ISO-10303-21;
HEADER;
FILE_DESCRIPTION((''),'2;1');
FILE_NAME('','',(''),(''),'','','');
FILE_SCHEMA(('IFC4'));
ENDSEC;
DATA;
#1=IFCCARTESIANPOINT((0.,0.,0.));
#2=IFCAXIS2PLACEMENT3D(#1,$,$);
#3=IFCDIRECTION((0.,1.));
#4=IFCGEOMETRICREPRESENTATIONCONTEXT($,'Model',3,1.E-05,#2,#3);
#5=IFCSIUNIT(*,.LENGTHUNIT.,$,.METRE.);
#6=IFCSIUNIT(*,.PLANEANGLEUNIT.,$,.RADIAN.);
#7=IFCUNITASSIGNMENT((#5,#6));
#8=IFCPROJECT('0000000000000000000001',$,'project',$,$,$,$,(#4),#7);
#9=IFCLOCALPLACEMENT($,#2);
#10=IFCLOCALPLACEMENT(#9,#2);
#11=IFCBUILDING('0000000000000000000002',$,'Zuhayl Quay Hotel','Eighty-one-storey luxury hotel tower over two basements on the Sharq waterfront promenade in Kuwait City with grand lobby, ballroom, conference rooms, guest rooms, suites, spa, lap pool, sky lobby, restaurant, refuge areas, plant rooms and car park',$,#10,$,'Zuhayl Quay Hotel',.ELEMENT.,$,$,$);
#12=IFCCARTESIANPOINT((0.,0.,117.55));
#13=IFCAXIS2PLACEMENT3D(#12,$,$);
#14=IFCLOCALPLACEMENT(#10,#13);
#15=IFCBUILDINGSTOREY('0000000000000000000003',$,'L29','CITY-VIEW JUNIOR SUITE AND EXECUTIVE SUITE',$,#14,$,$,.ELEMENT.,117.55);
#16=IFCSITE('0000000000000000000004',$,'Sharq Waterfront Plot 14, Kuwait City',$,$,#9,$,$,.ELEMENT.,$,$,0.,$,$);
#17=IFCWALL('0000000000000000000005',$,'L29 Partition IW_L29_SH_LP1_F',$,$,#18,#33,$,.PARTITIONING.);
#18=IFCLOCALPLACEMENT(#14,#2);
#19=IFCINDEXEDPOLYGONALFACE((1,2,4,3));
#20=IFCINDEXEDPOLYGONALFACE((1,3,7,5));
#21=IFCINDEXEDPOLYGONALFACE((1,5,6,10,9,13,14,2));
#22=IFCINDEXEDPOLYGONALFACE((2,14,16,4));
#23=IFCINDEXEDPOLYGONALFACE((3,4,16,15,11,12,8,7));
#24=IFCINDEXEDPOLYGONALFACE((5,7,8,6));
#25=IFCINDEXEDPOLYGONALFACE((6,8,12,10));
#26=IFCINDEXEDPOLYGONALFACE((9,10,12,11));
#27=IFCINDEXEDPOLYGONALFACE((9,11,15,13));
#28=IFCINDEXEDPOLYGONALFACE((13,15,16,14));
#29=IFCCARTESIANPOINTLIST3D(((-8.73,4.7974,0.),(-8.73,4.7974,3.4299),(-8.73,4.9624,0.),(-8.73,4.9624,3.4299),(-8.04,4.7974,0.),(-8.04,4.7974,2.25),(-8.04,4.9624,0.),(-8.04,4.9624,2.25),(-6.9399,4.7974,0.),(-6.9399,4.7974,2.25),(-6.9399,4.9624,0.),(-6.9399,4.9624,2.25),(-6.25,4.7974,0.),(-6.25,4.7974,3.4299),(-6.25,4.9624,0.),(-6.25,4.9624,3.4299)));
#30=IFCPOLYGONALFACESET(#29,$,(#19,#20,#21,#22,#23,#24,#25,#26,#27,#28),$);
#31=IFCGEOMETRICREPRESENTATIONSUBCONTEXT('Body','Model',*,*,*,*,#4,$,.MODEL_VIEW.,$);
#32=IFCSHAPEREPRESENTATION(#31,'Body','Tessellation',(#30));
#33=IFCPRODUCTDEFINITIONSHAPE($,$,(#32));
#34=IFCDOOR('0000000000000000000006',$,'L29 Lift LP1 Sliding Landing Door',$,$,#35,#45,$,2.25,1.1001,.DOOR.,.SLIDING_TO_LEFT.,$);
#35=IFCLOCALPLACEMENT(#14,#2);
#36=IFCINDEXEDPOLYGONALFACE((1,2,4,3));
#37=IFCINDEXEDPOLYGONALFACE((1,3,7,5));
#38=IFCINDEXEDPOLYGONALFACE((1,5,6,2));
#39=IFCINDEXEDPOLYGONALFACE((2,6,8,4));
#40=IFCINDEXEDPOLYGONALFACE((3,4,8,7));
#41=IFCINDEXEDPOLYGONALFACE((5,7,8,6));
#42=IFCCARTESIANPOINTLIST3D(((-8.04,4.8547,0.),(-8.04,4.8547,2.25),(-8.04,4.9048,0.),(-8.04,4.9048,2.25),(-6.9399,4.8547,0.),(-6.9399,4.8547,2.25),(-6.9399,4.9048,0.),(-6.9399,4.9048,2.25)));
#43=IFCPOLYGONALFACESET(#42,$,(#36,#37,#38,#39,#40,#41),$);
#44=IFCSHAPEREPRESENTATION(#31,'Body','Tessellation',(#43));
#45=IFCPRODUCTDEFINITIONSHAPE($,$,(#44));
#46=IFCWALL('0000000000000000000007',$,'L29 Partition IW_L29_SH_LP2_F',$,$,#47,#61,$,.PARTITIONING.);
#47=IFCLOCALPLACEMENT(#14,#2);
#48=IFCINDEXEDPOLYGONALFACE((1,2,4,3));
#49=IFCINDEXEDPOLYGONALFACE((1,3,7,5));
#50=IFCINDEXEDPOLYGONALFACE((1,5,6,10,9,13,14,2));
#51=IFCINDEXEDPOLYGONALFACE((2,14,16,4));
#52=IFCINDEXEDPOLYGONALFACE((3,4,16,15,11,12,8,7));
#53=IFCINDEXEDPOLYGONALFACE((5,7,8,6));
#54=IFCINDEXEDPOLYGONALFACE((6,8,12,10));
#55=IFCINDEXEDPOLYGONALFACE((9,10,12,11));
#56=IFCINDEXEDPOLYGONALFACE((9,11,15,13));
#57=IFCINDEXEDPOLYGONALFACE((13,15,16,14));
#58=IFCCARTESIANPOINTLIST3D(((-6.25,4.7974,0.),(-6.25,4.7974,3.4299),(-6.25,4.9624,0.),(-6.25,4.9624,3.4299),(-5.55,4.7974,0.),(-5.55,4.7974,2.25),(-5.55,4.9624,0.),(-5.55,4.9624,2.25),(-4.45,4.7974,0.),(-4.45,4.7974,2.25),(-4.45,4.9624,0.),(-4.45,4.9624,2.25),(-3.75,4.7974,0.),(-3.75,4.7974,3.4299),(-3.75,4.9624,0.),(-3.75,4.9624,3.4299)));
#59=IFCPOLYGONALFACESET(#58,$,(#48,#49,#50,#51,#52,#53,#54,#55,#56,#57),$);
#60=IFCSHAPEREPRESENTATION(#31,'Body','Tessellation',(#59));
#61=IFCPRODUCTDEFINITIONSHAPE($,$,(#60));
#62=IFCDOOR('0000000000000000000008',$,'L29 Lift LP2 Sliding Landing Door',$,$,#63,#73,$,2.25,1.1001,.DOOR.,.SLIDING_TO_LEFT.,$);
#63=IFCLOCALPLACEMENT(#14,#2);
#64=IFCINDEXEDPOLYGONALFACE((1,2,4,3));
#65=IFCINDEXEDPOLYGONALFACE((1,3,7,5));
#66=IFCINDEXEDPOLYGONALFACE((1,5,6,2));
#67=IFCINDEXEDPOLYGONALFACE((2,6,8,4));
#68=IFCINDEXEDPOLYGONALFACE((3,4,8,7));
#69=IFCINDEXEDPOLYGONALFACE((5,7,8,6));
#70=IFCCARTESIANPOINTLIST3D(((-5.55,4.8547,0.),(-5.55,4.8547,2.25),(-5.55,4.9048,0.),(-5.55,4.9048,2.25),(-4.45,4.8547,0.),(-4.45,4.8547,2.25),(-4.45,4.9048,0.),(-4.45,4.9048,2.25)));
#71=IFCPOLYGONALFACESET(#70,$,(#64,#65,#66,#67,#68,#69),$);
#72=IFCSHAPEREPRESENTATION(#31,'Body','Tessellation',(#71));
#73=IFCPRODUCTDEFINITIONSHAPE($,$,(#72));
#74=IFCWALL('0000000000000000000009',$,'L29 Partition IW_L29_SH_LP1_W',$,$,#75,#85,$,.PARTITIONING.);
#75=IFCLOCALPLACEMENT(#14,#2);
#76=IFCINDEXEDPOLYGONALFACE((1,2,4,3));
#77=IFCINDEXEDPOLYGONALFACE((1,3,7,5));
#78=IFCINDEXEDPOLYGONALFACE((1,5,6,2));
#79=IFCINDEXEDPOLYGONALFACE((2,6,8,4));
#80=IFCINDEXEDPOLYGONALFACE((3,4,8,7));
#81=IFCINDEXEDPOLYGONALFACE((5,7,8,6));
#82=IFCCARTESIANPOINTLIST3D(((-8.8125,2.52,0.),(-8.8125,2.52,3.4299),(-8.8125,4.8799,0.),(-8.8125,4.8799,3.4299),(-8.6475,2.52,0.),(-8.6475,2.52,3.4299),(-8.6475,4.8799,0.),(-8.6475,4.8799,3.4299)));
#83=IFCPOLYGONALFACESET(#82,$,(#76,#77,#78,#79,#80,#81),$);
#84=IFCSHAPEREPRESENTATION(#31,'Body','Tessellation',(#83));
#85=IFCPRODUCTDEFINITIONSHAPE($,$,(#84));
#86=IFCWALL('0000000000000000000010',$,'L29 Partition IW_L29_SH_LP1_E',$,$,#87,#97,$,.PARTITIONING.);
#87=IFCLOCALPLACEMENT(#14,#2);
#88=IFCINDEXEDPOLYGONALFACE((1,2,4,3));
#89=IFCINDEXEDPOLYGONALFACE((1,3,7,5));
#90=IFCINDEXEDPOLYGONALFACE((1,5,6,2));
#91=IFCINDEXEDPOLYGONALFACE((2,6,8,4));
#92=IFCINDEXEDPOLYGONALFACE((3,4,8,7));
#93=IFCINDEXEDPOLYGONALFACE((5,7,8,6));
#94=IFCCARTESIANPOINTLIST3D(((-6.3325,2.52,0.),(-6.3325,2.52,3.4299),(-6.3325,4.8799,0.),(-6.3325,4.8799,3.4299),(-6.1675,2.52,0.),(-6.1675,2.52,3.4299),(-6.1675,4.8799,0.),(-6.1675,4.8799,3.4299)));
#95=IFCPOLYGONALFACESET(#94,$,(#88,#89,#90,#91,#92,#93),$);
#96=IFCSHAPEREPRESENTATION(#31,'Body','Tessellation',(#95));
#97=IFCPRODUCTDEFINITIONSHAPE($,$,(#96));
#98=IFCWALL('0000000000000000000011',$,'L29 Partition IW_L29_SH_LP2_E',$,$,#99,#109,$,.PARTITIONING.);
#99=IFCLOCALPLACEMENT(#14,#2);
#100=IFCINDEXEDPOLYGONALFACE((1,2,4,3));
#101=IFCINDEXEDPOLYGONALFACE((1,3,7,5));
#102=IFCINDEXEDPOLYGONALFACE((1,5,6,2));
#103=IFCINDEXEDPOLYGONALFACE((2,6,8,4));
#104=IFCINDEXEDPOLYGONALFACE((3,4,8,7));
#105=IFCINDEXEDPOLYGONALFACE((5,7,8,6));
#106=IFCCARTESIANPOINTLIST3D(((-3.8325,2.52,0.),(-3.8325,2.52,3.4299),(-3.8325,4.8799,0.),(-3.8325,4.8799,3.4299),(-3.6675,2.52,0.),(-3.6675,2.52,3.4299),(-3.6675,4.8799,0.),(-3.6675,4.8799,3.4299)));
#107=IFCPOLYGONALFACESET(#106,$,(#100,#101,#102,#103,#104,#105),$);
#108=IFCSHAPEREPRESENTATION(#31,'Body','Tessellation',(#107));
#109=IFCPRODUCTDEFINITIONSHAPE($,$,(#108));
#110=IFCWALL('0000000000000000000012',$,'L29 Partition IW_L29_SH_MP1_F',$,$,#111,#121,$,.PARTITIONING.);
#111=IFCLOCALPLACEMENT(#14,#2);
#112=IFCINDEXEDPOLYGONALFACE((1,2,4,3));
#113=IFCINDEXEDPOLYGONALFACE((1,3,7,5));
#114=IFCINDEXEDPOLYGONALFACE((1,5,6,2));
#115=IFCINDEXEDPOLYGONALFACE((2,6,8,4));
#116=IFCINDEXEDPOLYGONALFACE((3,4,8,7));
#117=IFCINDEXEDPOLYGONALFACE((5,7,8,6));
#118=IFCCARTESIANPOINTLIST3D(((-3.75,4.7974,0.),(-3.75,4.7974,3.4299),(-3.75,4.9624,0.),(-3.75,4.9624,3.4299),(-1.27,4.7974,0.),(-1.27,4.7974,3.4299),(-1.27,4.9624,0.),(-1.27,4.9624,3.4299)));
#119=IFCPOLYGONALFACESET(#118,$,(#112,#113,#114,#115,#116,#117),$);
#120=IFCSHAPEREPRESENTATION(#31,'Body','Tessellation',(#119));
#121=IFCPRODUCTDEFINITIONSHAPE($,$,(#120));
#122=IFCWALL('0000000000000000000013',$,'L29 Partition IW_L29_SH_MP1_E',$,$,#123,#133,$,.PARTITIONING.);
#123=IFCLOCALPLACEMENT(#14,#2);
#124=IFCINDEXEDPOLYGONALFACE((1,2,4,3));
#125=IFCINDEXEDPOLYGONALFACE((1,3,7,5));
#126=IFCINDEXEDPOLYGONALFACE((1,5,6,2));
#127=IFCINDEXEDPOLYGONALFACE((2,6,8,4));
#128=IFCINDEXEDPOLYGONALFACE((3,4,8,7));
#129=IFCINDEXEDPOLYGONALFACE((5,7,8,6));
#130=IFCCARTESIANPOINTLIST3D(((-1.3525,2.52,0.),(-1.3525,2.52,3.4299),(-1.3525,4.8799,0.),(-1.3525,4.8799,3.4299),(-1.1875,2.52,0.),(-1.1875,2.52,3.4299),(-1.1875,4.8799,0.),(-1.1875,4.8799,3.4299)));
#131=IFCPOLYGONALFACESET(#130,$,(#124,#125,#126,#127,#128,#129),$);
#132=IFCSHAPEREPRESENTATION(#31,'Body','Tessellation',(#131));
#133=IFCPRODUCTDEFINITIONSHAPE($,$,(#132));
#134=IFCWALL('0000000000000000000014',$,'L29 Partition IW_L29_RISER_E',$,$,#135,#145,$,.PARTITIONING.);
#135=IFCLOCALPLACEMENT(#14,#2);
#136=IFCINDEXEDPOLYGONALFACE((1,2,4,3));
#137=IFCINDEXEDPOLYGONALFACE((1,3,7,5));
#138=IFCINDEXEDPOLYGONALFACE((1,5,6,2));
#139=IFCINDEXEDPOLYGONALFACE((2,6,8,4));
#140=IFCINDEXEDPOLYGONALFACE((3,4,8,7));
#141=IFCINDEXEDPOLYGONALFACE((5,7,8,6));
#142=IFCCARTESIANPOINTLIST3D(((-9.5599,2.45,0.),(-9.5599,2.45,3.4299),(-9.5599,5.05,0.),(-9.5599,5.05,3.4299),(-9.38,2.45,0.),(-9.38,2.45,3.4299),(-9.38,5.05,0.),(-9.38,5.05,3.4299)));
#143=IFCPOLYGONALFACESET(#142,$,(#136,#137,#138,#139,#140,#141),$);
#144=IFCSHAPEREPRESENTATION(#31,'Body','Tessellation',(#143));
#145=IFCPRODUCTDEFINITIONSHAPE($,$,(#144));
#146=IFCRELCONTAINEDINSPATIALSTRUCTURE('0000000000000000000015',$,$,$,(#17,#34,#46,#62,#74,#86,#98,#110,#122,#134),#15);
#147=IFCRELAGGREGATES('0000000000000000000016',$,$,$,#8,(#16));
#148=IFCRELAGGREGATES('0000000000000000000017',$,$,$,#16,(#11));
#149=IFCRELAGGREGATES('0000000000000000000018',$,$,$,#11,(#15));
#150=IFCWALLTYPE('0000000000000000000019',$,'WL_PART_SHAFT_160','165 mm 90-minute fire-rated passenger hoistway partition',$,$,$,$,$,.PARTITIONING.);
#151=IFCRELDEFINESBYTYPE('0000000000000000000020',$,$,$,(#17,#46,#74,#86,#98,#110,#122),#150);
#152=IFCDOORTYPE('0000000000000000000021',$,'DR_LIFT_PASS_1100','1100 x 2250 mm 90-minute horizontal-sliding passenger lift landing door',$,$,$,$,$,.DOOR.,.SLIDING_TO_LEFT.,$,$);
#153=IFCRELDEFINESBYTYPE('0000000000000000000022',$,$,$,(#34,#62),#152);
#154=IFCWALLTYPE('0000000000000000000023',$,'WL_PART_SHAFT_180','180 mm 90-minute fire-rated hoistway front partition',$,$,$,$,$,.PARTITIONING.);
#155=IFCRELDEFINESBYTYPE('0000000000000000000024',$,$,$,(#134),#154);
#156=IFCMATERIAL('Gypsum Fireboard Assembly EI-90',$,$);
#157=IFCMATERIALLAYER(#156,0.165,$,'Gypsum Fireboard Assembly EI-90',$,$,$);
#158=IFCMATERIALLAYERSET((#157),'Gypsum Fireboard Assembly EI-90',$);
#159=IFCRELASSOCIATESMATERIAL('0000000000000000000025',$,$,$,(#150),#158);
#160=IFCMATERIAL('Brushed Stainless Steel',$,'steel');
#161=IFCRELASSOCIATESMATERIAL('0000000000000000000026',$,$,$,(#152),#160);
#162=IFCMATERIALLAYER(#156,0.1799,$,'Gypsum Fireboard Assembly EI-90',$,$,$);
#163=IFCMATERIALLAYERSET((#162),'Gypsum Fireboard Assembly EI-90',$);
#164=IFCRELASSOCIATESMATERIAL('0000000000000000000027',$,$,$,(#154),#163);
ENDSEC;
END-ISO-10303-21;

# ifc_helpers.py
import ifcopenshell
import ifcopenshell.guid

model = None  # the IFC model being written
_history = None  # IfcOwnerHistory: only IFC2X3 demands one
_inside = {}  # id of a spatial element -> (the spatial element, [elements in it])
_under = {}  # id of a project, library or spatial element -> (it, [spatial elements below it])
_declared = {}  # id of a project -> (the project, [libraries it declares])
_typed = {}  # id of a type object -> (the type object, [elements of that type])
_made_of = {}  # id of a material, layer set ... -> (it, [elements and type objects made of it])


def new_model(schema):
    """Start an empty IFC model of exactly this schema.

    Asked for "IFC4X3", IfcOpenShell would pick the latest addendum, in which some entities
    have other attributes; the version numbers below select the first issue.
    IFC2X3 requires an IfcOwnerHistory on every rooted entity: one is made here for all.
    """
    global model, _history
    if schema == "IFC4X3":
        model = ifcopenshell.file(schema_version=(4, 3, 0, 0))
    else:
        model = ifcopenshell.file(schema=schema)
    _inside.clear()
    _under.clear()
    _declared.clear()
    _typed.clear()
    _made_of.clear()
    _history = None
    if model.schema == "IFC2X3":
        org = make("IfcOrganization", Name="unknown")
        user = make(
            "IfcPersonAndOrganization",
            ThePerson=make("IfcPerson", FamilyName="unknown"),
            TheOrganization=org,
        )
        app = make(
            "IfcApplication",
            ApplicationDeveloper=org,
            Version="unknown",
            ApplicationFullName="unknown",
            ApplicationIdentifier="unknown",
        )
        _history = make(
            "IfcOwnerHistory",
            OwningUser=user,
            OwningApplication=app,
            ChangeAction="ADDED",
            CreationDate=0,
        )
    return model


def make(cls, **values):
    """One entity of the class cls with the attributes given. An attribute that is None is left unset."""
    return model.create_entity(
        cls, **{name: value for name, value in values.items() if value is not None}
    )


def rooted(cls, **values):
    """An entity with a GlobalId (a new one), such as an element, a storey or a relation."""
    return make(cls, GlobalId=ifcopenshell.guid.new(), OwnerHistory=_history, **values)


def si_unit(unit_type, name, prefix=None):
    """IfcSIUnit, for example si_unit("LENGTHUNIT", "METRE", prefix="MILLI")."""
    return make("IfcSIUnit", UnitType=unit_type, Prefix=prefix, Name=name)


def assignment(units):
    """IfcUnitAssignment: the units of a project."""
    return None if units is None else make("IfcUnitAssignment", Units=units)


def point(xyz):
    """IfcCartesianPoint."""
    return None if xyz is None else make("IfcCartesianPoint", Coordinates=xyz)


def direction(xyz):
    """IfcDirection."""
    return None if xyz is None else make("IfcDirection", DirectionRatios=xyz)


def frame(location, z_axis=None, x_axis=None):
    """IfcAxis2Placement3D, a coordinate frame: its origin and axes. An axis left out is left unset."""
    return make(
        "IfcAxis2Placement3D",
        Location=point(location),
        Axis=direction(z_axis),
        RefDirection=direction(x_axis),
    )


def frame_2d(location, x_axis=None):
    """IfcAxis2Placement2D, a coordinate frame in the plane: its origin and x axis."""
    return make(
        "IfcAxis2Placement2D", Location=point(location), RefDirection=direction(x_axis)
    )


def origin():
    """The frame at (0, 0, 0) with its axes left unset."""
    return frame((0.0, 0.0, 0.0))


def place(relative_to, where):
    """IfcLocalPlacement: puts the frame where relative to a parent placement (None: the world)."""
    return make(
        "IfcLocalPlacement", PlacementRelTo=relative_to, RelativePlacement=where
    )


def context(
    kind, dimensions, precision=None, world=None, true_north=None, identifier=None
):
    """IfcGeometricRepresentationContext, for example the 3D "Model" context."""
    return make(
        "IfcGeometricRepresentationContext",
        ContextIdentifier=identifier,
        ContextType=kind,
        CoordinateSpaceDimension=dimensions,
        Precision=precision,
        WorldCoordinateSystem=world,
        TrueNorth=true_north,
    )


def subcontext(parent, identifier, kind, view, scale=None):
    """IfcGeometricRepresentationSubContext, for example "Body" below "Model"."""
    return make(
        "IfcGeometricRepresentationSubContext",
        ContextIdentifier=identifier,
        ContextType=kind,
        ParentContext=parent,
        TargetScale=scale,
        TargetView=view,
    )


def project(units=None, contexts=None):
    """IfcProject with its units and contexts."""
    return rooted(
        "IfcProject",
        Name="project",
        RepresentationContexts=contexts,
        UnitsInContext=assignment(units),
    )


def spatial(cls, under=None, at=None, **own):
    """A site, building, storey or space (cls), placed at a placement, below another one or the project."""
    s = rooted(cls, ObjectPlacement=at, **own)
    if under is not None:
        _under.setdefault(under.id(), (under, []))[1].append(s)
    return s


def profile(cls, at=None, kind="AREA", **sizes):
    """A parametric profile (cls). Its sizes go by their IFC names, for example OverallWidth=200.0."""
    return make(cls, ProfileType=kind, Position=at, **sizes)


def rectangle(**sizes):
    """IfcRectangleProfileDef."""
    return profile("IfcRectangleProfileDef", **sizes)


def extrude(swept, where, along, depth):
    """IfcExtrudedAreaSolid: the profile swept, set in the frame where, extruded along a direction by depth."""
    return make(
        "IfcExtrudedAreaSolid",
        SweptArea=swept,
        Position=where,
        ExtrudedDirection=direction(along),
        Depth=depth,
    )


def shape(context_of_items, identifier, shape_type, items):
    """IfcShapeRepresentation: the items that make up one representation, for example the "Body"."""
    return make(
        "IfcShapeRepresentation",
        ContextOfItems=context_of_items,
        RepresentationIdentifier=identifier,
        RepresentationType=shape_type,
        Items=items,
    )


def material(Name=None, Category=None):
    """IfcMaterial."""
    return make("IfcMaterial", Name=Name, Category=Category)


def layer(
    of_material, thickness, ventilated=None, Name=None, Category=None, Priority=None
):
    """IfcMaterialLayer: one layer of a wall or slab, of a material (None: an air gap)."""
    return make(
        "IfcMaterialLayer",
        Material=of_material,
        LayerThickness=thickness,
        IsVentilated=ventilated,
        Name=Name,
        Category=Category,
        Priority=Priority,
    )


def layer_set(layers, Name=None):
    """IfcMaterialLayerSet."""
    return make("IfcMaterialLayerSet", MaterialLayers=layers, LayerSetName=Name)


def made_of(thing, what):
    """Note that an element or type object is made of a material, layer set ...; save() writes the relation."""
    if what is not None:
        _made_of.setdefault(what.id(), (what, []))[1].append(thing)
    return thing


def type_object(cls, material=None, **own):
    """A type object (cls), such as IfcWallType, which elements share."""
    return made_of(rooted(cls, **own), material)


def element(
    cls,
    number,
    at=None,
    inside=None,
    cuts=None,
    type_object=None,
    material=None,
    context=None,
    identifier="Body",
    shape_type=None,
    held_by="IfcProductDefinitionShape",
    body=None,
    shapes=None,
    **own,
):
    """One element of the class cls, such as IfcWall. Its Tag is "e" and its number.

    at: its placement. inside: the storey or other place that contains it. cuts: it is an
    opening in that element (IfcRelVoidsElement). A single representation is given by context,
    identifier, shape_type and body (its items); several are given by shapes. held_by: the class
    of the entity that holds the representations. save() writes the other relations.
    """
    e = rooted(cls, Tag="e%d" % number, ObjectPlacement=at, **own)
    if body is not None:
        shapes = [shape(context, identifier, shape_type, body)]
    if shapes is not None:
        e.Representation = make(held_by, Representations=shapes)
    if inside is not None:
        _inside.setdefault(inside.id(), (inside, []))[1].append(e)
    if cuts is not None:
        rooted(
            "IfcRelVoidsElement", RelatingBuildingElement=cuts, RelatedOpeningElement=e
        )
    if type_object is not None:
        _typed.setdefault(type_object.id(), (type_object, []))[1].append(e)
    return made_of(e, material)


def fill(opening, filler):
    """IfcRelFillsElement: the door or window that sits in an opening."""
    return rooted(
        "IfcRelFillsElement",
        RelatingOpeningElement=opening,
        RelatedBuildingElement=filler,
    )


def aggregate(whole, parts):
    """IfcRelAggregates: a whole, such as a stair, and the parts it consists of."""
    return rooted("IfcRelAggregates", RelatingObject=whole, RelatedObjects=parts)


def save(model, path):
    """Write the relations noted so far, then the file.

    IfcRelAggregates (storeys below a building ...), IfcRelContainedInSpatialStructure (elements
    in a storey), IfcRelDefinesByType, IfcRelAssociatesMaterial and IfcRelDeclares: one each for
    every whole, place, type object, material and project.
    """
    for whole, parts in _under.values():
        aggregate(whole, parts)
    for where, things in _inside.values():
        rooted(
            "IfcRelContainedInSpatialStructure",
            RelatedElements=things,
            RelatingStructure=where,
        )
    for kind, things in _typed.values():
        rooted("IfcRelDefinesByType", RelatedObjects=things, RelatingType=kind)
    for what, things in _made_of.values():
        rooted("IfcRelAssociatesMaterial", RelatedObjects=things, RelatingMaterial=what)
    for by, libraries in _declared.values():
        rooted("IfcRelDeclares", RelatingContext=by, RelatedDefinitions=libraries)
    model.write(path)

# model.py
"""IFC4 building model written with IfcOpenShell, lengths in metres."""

from ifc_helpers import new_model, si_unit, direction, frame, frame_2d, origin, place, context, subcontext, project, spatial, rectangle, extrude, material, layer, layer_set, type_object, element, fill, save


model = new_model("IFC4")

# Units and contexts
model_context = context("Model", 3, precision=1e-05, world=origin(), true_north=direction((0.0, 1.0)))
body_context = subcontext(model_context, "Body", "Model", "MODEL_VIEW")
ifc_project = project(units=[si_unit("LENGTHUNIT", "METRE"), si_unit("PLANEANGLEUNIT", "RADIAN")], contexts=[model_context])

# Site, building, storey
site_placement = place(None, origin())
site = spatial("IfcSite", under=ifc_project, at=site_placement, Name="Sharq Waterfront Plot 14, Kuwait City", CompositionType="ELEMENT", RefElevation=0.0)
building_placement = place(site_placement, origin())
building = spatial("IfcBuilding", under=site, at=building_placement, Name="Zuhayl Quay Hotel", Description="Eighty-one-storey luxury hotel tower over two basements on the Sharq waterfront promenade in Kuwait City with grand lobby, ballroom, conference rooms, guest rooms, suites, spa, lap pool, sky lobby, restaurant, refuge areas, plant rooms and car park", LongName="Zuhayl Quay Hotel", CompositionType="ELEMENT")
storey_placement = place(building_placement, frame((0.0, 0.0, 117.55)))
storey = spatial("IfcBuildingStorey", under=building, at=storey_placement, Name="L29", Description="CITY-VIEW JUNIOR SUITE AND EXECUTIVE SUITE", CompositionType="ELEMENT", Elevation=117.55)

# Walls, openings, doors
ifc_material_1 = material(Name="Gypsum Fireboard Assembly EI-90")
ifc_layer_1 = layer(ifc_material_1, 0.165, Name="Gypsum Fireboard Assembly EI-90")
ifc_layer_set_1 = layer_set([ifc_layer_1], Name="Gypsum Fireboard Assembly EI-90")
wall_type_1 = type_object("IfcWallType", Name="WL_PART_SHAFT_160", Description="165 mm 90-minute fire-rated passenger hoistway partition", PredefinedType="PARTITIONING", material=ifc_layer_set_1)
wall_1_placement = place(storey_placement, frame((-8.73, 4.8799, 0.0), z_axis=(0.0, 0.0, 1.0), x_axis=(1.0, 0.0, 0.0)))
wall_1 = element("IfcWall", 1, at=wall_1_placement, inside=storey, type_object=wall_type_1, Name="L29 Partition IW_L29_SH_LP1_F", PredefinedType="PARTITIONING", context=body_context, shape_type="SweptSolid", body=[
    extrude(rectangle(XDim=2.48, YDim=0.165, at=frame_2d((1.24, 0.0))), origin(), (0.0, 0.0, 1.0), 3.4299),
])
opening_1_placement = place(wall_1_placement, frame((0.6899, 0.0, 0.0)))
opening_1 = element("IfcOpeningElement", 2, at=opening_1_placement, cuts=wall_1, PredefinedType="OPENING", context=body_context, shape_type="SweptSolid", body=[
    extrude(rectangle(XDim=1.1001, YDim=2.25, at=frame_2d((0.55, 1.125))), frame((0.0, 0.0925, 0.0), z_axis=(0.0, -1.0, 0.0), x_axis=(1.0, 0.0, 0.0)), (0.0, 0.0, 1.0), 0.1851),
])
ifc_material_2 = material(Name="Brushed Stainless Steel", Category="steel")
door_type_1 = type_object("IfcDoorType", Name="DR_LIFT_PASS_1100", Description="1100 x 2250 mm 90-minute horizontal-sliding passenger lift landing door", OperationType="SLIDING_TO_LEFT", PredefinedType="DOOR", material=ifc_material_2)
door_1_placement = place(opening_1_placement, origin())
door_1 = element("IfcDoor", 3, at=door_1_placement, inside=storey, type_object=door_type_1, Name="L29 Lift LP1 Sliding Landing Door", OperationType="SLIDING_TO_LEFT", OverallHeight=2.25, OverallWidth=1.1001, PredefinedType="DOOR", context=body_context, shape_type="SweptSolid", body=[
    extrude(rectangle(XDim=1.1001, YDim=2.25, at=frame_2d((0.55, 1.125))), frame((0.0, 0.0249, 0.0), z_axis=(0.0, -1.0, 0.0), x_axis=(1.0, 0.0, 0.0)), (0.0, 0.0, 1.0), 0.05),
])
fill(opening_1, door_1)
wall_2_placement = place(storey_placement, frame((-6.25, 4.8799, 0.0), z_axis=(0.0, 0.0, 1.0), x_axis=(1.0, 0.0, 0.0)))
wall_2 = element("IfcWall", 4, at=wall_2_placement, inside=storey, type_object=wall_type_1, Name="L29 Partition IW_L29_SH_LP2_F", PredefinedType="PARTITIONING", context=body_context, shape_type="SweptSolid", body=[
    extrude(rectangle(XDim=2.5, YDim=0.165, at=frame_2d((1.25, 0.0))), origin(), (0.0, 0.0, 1.0), 3.4299),
])
opening_2_placement = place(wall_2_placement, frame((0.7, 0.0, 0.0)))
opening_2 = element("IfcOpeningElement", 5, at=opening_2_placement, cuts=wall_2, PredefinedType="OPENING", context=body_context, shape_type="SweptSolid", body=[
    extrude(rectangle(XDim=1.1001, YDim=2.25, at=frame_2d((0.55, 1.125))), frame((0.0, 0.0925, 0.0), z_axis=(0.0, -1.0, 0.0), x_axis=(1.0, 0.0, 0.0)), (0.0, 0.0, 1.0), 0.1851),
])
door_2_placement = place(opening_2_placement, origin())
door_2 = element("IfcDoor", 6, at=door_2_placement, inside=storey, type_object=door_type_1, Name="L29 Lift LP2 Sliding Landing Door", OperationType="SLIDING_TO_LEFT", OverallHeight=2.25, OverallWidth=1.1001, PredefinedType="DOOR", context=body_context, shape_type="SweptSolid", body=[
    extrude(rectangle(XDim=1.1001, YDim=2.25, at=frame_2d((0.55, 1.125))), frame((0.0, 0.0249, 0.0), z_axis=(0.0, -1.0, 0.0), x_axis=(1.0, 0.0, 0.0)), (0.0, 0.0, 1.0), 0.05),
])
fill(opening_2, door_2)

# Walls
for number, where, z_axis, x_axis, name in (
    (7, (-8.73, 2.52, 0.0), (0.0, 0.0, 1.0), (0.0, 1.0, 0.0), "L29 Partition IW_L29_SH_LP1_W"),
    (8, (-6.25, 2.52, 0.0), (0.0, 0.0, 1.0), (0.0, 1.0, 0.0), "L29 Partition IW_L29_SH_LP1_E"),
    (9, (-3.75, 2.52, 0.0), (0.0, 0.0, 1.0), (0.0, 1.0, 0.0), "L29 Partition IW_L29_SH_LP2_E"),
):
    element("IfcWall", number, at=place(storey_placement, frame(where, z_axis=z_axis, x_axis=x_axis)), inside=storey, type_object=wall_type_1, Name=name, PredefinedType="PARTITIONING", context=body_context, shape_type="SweptSolid", body=[
        extrude(rectangle(XDim=2.3599, YDim=0.165, at=frame_2d((1.1799, 0.0))), origin(), (0.0, 0.0, 1.0), 3.4299),
    ])
wall_3_placement = place(storey_placement, frame((-3.75, 4.8799, 0.0), z_axis=(0.0, 0.0, 1.0), x_axis=(1.0, 0.0, 0.0)))
element("IfcWall", 10, at=wall_3_placement, inside=storey, type_object=wall_type_1, Name="L29 Partition IW_L29_SH_MP1_F", PredefinedType="PARTITIONING", context=body_context, shape_type="SweptSolid", body=[
    extrude(rectangle(XDim=2.48, YDim=0.165, at=frame_2d((1.24, 0.0))), origin(), (0.0, 0.0, 1.0), 3.4299),
])
wall_4_placement = place(storey_placement, frame((-1.27, 2.52, 0.0), z_axis=(0.0, 0.0, 1.0), x_axis=(0.0, 1.0, 0.0)))
element("IfcWall", 11, at=wall_4_placement, inside=storey, type_object=wall_type_1, Name="L29 Partition IW_L29_SH_MP1_E", PredefinedType="PARTITIONING", context=body_context, shape_type="SweptSolid", body=[
    extrude(rectangle(XDim=2.3599, YDim=0.165, at=frame_2d((1.1799, 0.0))), origin(), (0.0, 0.0, 1.0), 3.4299),
])
ifc_layer_2 = layer(ifc_material_1, 0.1799, Name="Gypsum Fireboard Assembly EI-90")
ifc_layer_set_2 = layer_set([ifc_layer_2], Name="Gypsum Fireboard Assembly EI-90")
wall_type_2 = type_object("IfcWallType", Name="WL_PART_SHAFT_180", Description="180 mm 90-minute fire-rated hoistway front partition", PredefinedType="PARTITIONING", material=ifc_layer_set_2)
wall_5_placement = place(storey_placement, frame((-9.47, 2.45, 0.0), z_axis=(0.0, 0.0, 1.0), x_axis=(0.0, 1.0, 0.0)))
element("IfcWall", 12, at=wall_5_placement, inside=storey, type_object=wall_type_2, Name="L29 Partition IW_L29_RISER_E", PredefinedType="PARTITIONING", context=body_context, shape_type="SweptSolid", body=[
    extrude(rectangle(XDim=2.6001, YDim=0.1799, at=frame_2d((1.3, 0.0))), origin(), (0.0, 0.0, 1.0), 3.4299),
])

save(model, "model.ifc")
